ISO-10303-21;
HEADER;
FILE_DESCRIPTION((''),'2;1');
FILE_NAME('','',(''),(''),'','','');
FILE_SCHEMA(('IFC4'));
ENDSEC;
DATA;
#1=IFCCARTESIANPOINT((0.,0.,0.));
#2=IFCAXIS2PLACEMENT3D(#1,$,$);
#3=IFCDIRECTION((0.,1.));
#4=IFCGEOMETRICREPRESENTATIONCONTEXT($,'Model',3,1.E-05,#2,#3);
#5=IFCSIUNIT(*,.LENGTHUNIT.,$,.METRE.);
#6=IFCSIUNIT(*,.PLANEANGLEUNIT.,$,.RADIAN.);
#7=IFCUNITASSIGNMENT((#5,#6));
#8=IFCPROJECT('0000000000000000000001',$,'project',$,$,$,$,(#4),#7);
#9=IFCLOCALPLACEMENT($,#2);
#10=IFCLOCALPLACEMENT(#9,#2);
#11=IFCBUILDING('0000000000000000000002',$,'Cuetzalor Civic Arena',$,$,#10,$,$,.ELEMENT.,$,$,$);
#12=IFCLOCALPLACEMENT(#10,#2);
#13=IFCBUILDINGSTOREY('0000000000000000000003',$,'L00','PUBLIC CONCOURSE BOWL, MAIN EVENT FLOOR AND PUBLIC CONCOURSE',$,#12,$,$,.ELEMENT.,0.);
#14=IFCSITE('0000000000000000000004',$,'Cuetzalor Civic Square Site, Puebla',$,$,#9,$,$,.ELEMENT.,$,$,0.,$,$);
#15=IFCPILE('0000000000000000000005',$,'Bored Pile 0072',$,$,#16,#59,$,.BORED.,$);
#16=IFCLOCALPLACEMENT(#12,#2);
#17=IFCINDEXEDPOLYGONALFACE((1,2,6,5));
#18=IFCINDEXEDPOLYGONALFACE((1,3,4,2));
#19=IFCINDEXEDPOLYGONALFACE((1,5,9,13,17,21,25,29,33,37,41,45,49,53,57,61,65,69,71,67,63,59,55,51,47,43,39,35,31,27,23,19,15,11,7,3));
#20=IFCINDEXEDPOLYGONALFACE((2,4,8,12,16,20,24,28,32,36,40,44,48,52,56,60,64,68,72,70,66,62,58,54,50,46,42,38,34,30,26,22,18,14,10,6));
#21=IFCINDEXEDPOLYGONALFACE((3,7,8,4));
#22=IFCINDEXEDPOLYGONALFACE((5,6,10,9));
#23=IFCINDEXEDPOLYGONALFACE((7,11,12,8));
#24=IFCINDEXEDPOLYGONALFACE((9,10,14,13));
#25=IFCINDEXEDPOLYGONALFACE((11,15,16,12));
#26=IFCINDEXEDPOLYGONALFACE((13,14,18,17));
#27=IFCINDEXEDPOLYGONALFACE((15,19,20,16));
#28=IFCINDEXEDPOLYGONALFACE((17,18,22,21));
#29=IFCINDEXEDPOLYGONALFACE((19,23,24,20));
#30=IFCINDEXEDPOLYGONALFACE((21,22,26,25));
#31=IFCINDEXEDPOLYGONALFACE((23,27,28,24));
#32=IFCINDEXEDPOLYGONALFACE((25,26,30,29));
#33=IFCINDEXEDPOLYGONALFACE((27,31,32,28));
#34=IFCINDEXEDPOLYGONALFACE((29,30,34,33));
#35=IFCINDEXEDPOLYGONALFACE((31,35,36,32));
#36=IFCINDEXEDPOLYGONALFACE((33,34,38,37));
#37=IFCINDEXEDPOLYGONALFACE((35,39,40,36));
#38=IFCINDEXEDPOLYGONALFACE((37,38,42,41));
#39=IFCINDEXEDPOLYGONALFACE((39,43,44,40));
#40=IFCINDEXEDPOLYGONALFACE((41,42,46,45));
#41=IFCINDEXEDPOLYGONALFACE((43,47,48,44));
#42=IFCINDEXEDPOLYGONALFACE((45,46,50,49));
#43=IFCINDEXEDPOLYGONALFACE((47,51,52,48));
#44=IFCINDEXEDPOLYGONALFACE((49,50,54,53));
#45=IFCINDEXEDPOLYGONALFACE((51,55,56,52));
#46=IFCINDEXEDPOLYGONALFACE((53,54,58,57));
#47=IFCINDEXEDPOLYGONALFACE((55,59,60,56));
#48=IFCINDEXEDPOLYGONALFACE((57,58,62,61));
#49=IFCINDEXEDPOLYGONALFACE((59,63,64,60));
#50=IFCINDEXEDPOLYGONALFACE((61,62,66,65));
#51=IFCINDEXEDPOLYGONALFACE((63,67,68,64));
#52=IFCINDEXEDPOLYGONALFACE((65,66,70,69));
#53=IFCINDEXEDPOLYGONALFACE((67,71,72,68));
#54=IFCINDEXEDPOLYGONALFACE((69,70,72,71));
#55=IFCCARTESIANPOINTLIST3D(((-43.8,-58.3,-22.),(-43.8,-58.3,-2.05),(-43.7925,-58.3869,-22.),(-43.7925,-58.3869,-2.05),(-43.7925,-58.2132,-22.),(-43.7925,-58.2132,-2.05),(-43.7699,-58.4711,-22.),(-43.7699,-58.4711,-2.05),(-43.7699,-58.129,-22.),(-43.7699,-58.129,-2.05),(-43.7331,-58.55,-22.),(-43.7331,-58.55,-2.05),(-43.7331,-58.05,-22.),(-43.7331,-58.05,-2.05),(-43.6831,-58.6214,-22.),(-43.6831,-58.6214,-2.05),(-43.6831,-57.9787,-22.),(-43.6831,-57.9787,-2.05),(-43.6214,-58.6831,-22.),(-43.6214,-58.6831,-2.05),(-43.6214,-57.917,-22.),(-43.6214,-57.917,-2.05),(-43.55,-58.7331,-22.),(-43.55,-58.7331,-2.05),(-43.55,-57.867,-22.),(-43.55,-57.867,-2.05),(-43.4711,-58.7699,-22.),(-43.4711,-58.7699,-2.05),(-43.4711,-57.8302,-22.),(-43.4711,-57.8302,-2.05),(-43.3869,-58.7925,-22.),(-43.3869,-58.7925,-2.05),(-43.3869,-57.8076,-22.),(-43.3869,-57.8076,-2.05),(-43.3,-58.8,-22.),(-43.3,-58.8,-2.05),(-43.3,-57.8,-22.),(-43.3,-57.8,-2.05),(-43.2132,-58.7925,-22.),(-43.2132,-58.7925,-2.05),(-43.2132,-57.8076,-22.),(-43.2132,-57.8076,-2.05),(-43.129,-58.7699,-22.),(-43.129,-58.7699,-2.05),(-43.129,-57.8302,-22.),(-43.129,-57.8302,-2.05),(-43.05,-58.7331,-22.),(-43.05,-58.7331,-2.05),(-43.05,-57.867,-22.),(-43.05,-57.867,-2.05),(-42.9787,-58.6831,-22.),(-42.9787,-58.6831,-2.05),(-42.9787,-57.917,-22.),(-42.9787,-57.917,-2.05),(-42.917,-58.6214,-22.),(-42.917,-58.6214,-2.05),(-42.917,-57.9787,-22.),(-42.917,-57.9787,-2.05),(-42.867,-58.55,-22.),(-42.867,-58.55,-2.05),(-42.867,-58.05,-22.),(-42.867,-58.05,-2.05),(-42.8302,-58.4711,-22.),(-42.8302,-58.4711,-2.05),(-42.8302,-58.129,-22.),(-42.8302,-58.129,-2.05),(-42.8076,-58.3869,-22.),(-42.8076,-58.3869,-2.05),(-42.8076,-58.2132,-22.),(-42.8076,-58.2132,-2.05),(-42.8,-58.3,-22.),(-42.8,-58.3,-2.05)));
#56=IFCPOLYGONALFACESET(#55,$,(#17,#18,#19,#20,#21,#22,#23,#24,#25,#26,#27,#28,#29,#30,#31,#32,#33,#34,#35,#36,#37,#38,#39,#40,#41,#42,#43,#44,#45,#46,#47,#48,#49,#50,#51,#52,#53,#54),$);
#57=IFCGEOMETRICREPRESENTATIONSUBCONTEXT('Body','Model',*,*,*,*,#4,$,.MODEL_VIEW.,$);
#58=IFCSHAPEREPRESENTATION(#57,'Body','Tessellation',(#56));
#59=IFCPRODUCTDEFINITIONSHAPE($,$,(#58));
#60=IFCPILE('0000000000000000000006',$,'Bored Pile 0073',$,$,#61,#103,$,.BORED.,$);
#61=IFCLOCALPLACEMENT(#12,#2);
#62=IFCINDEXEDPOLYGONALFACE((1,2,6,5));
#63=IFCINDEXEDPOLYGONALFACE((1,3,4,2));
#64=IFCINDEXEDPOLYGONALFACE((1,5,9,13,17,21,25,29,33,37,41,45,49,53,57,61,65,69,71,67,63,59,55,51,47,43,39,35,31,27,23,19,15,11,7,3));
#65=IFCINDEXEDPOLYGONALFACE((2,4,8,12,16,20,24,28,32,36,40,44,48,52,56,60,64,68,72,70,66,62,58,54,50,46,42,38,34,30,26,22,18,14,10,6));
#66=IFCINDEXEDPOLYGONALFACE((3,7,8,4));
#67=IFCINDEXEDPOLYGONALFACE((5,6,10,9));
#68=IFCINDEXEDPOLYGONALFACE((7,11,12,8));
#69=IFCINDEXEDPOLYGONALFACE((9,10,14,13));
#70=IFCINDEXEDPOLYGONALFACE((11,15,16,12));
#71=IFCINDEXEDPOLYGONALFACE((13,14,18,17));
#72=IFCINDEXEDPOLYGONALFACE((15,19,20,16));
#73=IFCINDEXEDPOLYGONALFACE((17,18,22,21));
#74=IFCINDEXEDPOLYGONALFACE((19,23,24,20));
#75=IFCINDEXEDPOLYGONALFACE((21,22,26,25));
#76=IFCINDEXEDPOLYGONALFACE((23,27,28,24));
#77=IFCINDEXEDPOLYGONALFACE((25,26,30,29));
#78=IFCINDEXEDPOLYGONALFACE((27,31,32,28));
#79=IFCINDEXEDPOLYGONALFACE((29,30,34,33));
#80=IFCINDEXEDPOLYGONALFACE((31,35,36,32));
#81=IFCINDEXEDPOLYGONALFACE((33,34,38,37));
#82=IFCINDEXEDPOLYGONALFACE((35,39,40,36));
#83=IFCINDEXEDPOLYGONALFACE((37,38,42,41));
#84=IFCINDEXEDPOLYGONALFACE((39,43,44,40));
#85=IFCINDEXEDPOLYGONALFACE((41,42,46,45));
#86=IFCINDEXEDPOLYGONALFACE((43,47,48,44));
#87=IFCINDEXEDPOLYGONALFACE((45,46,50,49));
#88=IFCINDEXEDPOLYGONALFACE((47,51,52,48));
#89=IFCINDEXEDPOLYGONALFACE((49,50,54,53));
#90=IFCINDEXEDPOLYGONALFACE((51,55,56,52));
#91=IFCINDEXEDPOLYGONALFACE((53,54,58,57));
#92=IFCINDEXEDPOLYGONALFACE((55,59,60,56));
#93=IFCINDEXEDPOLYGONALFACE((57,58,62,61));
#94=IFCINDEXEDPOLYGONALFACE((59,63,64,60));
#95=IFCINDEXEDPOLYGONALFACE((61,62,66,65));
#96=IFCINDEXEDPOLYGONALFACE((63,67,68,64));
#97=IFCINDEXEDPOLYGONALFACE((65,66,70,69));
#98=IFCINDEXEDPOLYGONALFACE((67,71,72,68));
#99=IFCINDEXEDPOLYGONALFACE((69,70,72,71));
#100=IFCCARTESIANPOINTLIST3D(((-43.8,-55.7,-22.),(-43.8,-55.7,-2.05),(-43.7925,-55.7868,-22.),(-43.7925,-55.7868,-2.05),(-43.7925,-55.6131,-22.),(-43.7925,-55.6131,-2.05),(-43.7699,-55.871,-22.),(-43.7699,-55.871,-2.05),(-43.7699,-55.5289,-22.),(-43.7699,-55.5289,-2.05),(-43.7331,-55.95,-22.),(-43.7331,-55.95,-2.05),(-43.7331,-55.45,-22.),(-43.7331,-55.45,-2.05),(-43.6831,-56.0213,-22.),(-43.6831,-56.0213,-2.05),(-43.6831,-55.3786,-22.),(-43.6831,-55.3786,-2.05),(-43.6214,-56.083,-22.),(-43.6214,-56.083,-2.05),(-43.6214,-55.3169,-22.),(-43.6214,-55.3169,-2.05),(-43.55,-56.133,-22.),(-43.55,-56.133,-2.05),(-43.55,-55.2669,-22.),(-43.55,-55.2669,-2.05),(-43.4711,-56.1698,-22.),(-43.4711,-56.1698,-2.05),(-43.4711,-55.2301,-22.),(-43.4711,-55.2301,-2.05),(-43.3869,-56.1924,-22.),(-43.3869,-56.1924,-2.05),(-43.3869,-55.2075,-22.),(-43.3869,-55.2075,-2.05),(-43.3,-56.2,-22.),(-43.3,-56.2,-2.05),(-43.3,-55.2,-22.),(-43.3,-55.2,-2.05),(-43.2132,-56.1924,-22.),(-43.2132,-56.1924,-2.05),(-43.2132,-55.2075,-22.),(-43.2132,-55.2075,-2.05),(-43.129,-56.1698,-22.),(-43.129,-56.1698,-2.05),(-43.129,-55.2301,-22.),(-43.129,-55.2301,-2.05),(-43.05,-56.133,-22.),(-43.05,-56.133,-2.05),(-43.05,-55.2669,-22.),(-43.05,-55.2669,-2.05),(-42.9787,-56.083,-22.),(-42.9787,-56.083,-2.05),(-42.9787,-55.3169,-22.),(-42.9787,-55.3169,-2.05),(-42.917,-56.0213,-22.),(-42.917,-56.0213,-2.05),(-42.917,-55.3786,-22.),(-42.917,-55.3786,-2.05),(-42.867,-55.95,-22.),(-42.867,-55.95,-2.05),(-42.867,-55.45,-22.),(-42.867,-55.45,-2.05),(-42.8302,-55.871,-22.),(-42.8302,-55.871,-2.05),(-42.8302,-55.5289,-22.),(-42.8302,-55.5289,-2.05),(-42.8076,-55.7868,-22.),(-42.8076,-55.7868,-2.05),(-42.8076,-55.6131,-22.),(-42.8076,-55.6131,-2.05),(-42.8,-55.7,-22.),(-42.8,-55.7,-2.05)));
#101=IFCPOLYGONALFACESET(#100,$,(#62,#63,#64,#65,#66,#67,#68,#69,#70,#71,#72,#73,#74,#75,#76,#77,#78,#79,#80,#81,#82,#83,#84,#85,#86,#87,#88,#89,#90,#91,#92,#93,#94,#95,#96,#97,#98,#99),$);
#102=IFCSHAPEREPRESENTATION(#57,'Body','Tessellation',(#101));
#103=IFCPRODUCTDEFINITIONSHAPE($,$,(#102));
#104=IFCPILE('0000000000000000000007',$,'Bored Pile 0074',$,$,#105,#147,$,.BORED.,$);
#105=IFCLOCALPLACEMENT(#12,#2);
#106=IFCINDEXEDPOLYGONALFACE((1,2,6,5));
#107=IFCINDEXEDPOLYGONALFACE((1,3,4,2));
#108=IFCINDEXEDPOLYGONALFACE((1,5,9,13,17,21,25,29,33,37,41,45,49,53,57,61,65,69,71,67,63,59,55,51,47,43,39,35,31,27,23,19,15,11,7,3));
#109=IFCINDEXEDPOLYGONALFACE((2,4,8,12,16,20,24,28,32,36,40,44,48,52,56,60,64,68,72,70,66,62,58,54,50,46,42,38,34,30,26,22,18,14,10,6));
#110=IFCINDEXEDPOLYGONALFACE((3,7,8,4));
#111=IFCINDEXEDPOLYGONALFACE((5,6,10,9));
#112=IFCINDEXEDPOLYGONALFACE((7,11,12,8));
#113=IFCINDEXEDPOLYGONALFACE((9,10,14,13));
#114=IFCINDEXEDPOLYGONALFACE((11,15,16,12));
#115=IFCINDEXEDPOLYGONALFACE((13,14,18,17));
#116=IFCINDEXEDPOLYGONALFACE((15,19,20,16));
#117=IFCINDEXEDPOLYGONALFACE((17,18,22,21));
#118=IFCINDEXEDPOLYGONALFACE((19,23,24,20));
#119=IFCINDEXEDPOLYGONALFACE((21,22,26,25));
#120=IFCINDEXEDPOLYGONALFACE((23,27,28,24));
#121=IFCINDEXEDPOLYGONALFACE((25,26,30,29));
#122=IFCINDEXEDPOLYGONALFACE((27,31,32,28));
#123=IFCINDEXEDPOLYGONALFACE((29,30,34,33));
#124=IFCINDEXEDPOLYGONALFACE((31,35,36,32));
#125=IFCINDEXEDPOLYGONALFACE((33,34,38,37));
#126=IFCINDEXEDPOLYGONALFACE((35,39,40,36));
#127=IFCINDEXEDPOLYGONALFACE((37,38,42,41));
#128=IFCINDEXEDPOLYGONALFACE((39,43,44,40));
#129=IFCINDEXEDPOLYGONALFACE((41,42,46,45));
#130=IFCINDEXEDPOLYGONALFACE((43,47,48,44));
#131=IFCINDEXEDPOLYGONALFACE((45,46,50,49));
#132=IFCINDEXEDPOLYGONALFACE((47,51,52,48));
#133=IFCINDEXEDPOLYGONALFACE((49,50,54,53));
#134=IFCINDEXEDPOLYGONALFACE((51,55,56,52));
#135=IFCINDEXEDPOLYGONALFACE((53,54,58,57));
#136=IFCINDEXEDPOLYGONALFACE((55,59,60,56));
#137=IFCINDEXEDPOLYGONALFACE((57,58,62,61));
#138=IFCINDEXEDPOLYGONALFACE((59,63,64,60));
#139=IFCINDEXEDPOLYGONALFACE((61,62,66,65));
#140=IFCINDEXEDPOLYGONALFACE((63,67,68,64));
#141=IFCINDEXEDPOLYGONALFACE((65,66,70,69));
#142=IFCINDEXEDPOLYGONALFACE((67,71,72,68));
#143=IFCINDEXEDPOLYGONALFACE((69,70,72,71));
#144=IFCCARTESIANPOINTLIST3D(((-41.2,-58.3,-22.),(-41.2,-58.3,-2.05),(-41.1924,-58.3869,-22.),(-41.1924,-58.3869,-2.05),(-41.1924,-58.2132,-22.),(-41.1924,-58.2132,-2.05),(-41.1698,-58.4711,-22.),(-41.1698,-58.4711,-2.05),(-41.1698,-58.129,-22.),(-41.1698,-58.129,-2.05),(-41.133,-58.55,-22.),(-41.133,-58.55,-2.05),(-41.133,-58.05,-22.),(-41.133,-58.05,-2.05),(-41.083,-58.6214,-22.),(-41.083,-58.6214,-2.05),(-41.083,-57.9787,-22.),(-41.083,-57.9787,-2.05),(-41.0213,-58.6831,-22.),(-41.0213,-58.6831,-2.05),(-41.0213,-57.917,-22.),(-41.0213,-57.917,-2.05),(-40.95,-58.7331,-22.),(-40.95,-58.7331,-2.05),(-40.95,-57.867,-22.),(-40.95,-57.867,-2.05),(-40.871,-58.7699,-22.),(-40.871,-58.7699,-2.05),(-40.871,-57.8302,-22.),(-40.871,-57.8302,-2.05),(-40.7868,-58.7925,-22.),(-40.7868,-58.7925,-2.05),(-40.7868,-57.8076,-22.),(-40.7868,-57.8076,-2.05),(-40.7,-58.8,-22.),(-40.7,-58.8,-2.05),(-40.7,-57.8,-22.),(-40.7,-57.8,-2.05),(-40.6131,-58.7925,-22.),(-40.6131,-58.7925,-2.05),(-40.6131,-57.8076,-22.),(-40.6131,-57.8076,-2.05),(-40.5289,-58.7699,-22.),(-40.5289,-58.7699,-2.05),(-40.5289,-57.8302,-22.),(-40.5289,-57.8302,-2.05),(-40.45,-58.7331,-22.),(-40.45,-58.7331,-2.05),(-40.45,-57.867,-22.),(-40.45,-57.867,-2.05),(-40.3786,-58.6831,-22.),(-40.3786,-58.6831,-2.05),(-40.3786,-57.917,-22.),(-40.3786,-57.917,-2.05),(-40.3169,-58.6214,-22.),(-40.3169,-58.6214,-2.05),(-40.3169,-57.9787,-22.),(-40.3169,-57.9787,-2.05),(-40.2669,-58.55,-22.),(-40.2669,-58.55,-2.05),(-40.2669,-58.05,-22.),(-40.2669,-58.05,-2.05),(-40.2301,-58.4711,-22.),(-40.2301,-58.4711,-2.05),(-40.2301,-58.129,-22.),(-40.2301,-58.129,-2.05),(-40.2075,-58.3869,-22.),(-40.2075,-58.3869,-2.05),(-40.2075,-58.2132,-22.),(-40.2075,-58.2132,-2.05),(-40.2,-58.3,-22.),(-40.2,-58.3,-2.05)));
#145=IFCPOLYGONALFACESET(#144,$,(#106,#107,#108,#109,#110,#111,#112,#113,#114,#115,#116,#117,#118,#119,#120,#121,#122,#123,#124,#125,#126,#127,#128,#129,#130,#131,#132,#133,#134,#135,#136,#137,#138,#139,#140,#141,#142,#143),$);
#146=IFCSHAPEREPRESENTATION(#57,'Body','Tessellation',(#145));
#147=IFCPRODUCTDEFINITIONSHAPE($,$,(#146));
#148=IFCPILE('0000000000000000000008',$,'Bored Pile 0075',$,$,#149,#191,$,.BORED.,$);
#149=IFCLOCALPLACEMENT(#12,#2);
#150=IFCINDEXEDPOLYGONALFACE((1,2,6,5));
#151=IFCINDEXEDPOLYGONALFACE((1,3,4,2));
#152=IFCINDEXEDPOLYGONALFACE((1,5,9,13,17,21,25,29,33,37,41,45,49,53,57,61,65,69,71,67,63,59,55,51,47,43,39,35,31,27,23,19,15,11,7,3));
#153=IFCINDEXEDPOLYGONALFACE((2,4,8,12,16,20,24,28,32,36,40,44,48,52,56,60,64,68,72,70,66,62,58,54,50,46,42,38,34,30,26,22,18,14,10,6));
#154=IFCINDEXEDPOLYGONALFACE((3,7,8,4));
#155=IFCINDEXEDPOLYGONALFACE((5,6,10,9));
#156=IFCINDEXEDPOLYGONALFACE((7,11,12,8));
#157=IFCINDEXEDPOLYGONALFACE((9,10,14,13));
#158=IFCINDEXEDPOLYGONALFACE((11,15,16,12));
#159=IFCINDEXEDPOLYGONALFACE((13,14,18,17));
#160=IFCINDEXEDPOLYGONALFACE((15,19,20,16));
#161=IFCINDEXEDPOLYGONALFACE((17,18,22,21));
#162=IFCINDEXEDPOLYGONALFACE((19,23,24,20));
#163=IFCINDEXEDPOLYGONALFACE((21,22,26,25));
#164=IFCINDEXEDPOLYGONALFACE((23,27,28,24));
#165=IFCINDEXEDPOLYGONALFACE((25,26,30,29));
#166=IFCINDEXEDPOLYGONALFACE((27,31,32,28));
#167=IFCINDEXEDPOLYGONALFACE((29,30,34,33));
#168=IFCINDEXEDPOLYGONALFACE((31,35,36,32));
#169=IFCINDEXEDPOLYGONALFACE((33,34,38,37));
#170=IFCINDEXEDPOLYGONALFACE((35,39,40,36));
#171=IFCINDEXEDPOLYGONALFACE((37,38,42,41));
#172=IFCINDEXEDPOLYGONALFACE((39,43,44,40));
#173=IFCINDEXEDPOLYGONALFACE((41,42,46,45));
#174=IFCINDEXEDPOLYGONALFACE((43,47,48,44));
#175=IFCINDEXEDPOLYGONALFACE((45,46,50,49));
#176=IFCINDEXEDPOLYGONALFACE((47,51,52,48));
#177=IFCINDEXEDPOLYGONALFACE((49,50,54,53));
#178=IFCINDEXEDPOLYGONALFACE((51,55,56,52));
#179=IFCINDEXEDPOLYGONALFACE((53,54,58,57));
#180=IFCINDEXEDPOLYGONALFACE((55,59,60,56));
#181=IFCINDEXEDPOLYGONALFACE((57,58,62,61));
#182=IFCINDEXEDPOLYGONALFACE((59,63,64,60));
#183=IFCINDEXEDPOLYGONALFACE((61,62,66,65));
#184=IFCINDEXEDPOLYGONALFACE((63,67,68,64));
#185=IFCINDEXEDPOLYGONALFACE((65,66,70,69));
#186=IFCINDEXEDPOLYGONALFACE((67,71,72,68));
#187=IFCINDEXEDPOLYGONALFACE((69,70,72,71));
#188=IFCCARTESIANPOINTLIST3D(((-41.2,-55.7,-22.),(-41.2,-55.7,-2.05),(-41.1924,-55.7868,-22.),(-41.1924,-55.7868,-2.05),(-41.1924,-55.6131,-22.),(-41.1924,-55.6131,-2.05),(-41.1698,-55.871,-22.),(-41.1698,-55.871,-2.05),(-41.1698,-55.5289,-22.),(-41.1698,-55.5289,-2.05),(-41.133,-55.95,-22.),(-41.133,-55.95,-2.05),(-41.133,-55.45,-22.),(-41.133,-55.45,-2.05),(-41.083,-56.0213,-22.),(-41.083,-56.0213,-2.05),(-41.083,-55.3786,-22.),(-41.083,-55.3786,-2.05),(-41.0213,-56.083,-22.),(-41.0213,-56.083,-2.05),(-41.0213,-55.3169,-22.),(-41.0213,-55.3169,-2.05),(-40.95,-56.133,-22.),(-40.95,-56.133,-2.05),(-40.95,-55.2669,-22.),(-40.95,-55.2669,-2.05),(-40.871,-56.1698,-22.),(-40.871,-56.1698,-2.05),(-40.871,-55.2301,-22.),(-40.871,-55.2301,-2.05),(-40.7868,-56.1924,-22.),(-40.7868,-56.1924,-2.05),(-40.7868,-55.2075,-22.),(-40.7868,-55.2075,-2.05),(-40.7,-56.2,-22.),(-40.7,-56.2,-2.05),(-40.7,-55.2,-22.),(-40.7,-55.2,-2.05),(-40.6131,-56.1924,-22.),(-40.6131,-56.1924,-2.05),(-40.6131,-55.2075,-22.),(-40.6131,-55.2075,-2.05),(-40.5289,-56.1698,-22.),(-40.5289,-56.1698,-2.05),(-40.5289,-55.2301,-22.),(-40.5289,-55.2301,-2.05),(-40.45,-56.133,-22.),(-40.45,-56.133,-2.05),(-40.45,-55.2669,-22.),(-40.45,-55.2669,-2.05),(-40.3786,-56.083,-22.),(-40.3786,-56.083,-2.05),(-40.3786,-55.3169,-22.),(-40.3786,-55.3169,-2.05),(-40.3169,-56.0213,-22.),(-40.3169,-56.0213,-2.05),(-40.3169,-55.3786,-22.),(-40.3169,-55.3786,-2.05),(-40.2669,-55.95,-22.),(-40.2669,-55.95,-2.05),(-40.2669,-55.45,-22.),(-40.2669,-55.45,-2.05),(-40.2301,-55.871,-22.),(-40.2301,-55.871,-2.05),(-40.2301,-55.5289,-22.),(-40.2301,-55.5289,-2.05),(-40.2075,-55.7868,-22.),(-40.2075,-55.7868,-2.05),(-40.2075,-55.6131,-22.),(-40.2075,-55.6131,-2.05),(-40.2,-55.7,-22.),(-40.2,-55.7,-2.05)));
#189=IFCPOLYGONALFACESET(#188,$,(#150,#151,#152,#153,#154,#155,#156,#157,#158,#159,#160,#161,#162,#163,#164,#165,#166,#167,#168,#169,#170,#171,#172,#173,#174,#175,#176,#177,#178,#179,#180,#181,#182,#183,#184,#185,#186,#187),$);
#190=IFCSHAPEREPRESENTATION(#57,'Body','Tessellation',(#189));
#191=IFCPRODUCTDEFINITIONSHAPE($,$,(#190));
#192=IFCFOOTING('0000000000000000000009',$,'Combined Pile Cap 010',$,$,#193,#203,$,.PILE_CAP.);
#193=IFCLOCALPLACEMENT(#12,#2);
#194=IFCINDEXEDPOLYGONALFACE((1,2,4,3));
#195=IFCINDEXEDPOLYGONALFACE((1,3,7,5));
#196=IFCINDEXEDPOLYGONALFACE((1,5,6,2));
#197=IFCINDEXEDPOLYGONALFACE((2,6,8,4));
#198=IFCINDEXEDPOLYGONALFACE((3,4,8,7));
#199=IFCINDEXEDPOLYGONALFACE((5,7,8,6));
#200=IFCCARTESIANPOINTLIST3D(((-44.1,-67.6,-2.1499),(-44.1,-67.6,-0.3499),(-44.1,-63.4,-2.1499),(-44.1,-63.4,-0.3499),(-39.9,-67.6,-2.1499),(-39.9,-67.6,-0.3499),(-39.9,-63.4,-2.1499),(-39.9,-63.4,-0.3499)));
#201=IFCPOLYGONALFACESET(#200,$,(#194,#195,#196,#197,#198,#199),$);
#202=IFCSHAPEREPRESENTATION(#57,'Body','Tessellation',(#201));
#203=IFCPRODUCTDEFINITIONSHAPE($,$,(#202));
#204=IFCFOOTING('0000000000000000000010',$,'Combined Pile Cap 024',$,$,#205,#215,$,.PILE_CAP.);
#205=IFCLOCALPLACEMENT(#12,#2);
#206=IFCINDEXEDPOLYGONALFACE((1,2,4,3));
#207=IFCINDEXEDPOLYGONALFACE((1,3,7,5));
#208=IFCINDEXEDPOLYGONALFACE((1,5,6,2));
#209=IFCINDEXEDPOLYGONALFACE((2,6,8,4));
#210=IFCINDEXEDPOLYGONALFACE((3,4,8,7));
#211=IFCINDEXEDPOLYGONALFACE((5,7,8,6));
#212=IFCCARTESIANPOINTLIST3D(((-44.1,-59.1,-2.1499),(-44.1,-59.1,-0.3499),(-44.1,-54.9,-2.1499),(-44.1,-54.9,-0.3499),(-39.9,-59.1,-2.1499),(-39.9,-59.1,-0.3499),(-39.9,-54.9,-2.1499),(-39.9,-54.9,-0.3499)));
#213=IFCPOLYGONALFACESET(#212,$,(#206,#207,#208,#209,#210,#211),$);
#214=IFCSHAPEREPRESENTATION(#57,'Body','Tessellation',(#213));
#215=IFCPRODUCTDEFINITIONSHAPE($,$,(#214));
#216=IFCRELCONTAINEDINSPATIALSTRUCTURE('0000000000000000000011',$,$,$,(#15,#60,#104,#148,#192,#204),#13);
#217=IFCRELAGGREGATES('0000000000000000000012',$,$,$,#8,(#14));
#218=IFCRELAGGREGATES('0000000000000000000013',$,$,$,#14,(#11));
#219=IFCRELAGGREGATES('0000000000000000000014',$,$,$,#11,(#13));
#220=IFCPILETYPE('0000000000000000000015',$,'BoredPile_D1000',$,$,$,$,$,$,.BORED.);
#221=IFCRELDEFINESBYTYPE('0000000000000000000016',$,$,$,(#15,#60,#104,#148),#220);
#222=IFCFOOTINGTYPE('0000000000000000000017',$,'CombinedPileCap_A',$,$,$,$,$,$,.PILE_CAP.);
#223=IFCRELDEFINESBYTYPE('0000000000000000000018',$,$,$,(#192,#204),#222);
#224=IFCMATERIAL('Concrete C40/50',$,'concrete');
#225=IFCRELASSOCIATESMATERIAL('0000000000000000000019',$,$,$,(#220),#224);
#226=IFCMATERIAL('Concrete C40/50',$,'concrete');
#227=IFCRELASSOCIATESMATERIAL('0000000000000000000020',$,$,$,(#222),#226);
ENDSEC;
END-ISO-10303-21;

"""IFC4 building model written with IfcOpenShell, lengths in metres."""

from ifc_helpers import new_model, si_unit, direction, frame, origin, origin_2d, place, context, subcontext, project, spatial, rectangle, circle, extrude, material, material_profile, profile_set, type_object, element, save


model = new_model("IFC4")

# Units and contexts
model_context = context("Model", 3, precision=1e-05, world=origin(), true_north=direction((0.0, 1.0)))
body_context = subcontext(model_context, "Body", "Model", "MODEL_VIEW")
ifc_project = project(units=[si_unit("LENGTHUNIT", "METRE"), si_unit("PLANEANGLEUNIT", "RADIAN")], contexts=[model_context])

# Site, building, storey
site_placement = place(None, origin())
site = spatial("IfcSite", under=ifc_project, at=site_placement, Name="Cuetzalor Civic Square Site, Puebla", CompositionType="ELEMENT", RefElevation=0.0)
building_placement = place(site_placement, origin())
building = spatial("IfcBuilding", under=site, at=building_placement, Name="Cuetzalor Civic Arena", CompositionType="ELEMENT")
storey_placement = place(building_placement, origin())
storey = spatial("IfcBuildingStorey", under=building, at=storey_placement, Name="L00", Description="PUBLIC CONCOURSE BOWL, MAIN EVENT FLOOR AND PUBLIC CONCOURSE", CompositionType="ELEMENT", Elevation=0.0)

# Piles
ifc_material_1 = material(Name="Concrete C40/50", Category="concrete")
ifc_material_profile_1 = material_profile(ifc_material_1, circle(Radius=0.5, at=origin_2d()), Name="BORED PILE D1000")
ifc_profile_set_1 = profile_set([ifc_material_profile_1], Name="Concrete C40/50")
pile_type = type_object("IfcPileType", Name="BoredPile_D1000", PredefinedType="BORED", material=ifc_profile_set_1)
for number, where, z_axis, x_axis, name in (
    (1, (-43.3, -58.3, -2.05), (0.0, 0.0, -1.0), (1.0, 0.0, 0.0), "Bored Pile 0072"),
    (2, (-43.3, -55.7, -2.05), (0.0, 0.0, -1.0), (1.0, 0.0, 0.0), "Bored Pile 0073"),
    (3, (-40.7, -58.3, -2.05), (0.0, 0.0, -1.0), (1.0, 0.0, 0.0), "Bored Pile 0074"),
    (4, (-40.7, -55.7, -2.05), (0.0, 0.0, -1.0), (1.0, 0.0, 0.0), "Bored Pile 0075"),
):
    element("IfcPile", number, at=place(storey_placement, frame(where, z_axis=z_axis, x_axis=x_axis)), inside=storey, type_object=pile_type, Name=name, PredefinedType="BORED", context=body_context, shape_type="SweptSolid", body=[
        extrude(circle(Radius=0.5, at=origin_2d()), origin(), (0.0, 0.0, 1.0), 19.95),
    ])

# Footings
ifc_material_2 = material(Name="Concrete C40/50", Category="concrete")
footing_type_1 = type_object("IfcFootingType", Name="CombinedPileCap_A", PredefinedType="PILE_CAP", material=ifc_material_2)
for number, where, z_axis, x_axis, name in (
    (5, (-42.0, -65.5, -2.1499), (0.0, 0.0, 1.0), (1.0, 0.0, 0.0), "Combined Pile Cap 010"),
    (6, (-42.0, -57.0, -2.1499), (0.0, 0.0, 1.0), (1.0, 0.0, 0.0), "Combined Pile Cap 024"),
):
    element("IfcFooting", number, at=place(storey_placement, frame(where, z_axis=z_axis, x_axis=x_axis)), inside=storey, type_object=footing_type_1, Name=name, PredefinedType="PILE_CAP", context=body_context, shape_type="SweptSolid", body=[
        extrude(rectangle(XDim=4.2, YDim=4.2, at=origin_2d()), origin(), (0.0, 0.0, 1.0), 1.8),
    ])

save(model, "model.ifc")
